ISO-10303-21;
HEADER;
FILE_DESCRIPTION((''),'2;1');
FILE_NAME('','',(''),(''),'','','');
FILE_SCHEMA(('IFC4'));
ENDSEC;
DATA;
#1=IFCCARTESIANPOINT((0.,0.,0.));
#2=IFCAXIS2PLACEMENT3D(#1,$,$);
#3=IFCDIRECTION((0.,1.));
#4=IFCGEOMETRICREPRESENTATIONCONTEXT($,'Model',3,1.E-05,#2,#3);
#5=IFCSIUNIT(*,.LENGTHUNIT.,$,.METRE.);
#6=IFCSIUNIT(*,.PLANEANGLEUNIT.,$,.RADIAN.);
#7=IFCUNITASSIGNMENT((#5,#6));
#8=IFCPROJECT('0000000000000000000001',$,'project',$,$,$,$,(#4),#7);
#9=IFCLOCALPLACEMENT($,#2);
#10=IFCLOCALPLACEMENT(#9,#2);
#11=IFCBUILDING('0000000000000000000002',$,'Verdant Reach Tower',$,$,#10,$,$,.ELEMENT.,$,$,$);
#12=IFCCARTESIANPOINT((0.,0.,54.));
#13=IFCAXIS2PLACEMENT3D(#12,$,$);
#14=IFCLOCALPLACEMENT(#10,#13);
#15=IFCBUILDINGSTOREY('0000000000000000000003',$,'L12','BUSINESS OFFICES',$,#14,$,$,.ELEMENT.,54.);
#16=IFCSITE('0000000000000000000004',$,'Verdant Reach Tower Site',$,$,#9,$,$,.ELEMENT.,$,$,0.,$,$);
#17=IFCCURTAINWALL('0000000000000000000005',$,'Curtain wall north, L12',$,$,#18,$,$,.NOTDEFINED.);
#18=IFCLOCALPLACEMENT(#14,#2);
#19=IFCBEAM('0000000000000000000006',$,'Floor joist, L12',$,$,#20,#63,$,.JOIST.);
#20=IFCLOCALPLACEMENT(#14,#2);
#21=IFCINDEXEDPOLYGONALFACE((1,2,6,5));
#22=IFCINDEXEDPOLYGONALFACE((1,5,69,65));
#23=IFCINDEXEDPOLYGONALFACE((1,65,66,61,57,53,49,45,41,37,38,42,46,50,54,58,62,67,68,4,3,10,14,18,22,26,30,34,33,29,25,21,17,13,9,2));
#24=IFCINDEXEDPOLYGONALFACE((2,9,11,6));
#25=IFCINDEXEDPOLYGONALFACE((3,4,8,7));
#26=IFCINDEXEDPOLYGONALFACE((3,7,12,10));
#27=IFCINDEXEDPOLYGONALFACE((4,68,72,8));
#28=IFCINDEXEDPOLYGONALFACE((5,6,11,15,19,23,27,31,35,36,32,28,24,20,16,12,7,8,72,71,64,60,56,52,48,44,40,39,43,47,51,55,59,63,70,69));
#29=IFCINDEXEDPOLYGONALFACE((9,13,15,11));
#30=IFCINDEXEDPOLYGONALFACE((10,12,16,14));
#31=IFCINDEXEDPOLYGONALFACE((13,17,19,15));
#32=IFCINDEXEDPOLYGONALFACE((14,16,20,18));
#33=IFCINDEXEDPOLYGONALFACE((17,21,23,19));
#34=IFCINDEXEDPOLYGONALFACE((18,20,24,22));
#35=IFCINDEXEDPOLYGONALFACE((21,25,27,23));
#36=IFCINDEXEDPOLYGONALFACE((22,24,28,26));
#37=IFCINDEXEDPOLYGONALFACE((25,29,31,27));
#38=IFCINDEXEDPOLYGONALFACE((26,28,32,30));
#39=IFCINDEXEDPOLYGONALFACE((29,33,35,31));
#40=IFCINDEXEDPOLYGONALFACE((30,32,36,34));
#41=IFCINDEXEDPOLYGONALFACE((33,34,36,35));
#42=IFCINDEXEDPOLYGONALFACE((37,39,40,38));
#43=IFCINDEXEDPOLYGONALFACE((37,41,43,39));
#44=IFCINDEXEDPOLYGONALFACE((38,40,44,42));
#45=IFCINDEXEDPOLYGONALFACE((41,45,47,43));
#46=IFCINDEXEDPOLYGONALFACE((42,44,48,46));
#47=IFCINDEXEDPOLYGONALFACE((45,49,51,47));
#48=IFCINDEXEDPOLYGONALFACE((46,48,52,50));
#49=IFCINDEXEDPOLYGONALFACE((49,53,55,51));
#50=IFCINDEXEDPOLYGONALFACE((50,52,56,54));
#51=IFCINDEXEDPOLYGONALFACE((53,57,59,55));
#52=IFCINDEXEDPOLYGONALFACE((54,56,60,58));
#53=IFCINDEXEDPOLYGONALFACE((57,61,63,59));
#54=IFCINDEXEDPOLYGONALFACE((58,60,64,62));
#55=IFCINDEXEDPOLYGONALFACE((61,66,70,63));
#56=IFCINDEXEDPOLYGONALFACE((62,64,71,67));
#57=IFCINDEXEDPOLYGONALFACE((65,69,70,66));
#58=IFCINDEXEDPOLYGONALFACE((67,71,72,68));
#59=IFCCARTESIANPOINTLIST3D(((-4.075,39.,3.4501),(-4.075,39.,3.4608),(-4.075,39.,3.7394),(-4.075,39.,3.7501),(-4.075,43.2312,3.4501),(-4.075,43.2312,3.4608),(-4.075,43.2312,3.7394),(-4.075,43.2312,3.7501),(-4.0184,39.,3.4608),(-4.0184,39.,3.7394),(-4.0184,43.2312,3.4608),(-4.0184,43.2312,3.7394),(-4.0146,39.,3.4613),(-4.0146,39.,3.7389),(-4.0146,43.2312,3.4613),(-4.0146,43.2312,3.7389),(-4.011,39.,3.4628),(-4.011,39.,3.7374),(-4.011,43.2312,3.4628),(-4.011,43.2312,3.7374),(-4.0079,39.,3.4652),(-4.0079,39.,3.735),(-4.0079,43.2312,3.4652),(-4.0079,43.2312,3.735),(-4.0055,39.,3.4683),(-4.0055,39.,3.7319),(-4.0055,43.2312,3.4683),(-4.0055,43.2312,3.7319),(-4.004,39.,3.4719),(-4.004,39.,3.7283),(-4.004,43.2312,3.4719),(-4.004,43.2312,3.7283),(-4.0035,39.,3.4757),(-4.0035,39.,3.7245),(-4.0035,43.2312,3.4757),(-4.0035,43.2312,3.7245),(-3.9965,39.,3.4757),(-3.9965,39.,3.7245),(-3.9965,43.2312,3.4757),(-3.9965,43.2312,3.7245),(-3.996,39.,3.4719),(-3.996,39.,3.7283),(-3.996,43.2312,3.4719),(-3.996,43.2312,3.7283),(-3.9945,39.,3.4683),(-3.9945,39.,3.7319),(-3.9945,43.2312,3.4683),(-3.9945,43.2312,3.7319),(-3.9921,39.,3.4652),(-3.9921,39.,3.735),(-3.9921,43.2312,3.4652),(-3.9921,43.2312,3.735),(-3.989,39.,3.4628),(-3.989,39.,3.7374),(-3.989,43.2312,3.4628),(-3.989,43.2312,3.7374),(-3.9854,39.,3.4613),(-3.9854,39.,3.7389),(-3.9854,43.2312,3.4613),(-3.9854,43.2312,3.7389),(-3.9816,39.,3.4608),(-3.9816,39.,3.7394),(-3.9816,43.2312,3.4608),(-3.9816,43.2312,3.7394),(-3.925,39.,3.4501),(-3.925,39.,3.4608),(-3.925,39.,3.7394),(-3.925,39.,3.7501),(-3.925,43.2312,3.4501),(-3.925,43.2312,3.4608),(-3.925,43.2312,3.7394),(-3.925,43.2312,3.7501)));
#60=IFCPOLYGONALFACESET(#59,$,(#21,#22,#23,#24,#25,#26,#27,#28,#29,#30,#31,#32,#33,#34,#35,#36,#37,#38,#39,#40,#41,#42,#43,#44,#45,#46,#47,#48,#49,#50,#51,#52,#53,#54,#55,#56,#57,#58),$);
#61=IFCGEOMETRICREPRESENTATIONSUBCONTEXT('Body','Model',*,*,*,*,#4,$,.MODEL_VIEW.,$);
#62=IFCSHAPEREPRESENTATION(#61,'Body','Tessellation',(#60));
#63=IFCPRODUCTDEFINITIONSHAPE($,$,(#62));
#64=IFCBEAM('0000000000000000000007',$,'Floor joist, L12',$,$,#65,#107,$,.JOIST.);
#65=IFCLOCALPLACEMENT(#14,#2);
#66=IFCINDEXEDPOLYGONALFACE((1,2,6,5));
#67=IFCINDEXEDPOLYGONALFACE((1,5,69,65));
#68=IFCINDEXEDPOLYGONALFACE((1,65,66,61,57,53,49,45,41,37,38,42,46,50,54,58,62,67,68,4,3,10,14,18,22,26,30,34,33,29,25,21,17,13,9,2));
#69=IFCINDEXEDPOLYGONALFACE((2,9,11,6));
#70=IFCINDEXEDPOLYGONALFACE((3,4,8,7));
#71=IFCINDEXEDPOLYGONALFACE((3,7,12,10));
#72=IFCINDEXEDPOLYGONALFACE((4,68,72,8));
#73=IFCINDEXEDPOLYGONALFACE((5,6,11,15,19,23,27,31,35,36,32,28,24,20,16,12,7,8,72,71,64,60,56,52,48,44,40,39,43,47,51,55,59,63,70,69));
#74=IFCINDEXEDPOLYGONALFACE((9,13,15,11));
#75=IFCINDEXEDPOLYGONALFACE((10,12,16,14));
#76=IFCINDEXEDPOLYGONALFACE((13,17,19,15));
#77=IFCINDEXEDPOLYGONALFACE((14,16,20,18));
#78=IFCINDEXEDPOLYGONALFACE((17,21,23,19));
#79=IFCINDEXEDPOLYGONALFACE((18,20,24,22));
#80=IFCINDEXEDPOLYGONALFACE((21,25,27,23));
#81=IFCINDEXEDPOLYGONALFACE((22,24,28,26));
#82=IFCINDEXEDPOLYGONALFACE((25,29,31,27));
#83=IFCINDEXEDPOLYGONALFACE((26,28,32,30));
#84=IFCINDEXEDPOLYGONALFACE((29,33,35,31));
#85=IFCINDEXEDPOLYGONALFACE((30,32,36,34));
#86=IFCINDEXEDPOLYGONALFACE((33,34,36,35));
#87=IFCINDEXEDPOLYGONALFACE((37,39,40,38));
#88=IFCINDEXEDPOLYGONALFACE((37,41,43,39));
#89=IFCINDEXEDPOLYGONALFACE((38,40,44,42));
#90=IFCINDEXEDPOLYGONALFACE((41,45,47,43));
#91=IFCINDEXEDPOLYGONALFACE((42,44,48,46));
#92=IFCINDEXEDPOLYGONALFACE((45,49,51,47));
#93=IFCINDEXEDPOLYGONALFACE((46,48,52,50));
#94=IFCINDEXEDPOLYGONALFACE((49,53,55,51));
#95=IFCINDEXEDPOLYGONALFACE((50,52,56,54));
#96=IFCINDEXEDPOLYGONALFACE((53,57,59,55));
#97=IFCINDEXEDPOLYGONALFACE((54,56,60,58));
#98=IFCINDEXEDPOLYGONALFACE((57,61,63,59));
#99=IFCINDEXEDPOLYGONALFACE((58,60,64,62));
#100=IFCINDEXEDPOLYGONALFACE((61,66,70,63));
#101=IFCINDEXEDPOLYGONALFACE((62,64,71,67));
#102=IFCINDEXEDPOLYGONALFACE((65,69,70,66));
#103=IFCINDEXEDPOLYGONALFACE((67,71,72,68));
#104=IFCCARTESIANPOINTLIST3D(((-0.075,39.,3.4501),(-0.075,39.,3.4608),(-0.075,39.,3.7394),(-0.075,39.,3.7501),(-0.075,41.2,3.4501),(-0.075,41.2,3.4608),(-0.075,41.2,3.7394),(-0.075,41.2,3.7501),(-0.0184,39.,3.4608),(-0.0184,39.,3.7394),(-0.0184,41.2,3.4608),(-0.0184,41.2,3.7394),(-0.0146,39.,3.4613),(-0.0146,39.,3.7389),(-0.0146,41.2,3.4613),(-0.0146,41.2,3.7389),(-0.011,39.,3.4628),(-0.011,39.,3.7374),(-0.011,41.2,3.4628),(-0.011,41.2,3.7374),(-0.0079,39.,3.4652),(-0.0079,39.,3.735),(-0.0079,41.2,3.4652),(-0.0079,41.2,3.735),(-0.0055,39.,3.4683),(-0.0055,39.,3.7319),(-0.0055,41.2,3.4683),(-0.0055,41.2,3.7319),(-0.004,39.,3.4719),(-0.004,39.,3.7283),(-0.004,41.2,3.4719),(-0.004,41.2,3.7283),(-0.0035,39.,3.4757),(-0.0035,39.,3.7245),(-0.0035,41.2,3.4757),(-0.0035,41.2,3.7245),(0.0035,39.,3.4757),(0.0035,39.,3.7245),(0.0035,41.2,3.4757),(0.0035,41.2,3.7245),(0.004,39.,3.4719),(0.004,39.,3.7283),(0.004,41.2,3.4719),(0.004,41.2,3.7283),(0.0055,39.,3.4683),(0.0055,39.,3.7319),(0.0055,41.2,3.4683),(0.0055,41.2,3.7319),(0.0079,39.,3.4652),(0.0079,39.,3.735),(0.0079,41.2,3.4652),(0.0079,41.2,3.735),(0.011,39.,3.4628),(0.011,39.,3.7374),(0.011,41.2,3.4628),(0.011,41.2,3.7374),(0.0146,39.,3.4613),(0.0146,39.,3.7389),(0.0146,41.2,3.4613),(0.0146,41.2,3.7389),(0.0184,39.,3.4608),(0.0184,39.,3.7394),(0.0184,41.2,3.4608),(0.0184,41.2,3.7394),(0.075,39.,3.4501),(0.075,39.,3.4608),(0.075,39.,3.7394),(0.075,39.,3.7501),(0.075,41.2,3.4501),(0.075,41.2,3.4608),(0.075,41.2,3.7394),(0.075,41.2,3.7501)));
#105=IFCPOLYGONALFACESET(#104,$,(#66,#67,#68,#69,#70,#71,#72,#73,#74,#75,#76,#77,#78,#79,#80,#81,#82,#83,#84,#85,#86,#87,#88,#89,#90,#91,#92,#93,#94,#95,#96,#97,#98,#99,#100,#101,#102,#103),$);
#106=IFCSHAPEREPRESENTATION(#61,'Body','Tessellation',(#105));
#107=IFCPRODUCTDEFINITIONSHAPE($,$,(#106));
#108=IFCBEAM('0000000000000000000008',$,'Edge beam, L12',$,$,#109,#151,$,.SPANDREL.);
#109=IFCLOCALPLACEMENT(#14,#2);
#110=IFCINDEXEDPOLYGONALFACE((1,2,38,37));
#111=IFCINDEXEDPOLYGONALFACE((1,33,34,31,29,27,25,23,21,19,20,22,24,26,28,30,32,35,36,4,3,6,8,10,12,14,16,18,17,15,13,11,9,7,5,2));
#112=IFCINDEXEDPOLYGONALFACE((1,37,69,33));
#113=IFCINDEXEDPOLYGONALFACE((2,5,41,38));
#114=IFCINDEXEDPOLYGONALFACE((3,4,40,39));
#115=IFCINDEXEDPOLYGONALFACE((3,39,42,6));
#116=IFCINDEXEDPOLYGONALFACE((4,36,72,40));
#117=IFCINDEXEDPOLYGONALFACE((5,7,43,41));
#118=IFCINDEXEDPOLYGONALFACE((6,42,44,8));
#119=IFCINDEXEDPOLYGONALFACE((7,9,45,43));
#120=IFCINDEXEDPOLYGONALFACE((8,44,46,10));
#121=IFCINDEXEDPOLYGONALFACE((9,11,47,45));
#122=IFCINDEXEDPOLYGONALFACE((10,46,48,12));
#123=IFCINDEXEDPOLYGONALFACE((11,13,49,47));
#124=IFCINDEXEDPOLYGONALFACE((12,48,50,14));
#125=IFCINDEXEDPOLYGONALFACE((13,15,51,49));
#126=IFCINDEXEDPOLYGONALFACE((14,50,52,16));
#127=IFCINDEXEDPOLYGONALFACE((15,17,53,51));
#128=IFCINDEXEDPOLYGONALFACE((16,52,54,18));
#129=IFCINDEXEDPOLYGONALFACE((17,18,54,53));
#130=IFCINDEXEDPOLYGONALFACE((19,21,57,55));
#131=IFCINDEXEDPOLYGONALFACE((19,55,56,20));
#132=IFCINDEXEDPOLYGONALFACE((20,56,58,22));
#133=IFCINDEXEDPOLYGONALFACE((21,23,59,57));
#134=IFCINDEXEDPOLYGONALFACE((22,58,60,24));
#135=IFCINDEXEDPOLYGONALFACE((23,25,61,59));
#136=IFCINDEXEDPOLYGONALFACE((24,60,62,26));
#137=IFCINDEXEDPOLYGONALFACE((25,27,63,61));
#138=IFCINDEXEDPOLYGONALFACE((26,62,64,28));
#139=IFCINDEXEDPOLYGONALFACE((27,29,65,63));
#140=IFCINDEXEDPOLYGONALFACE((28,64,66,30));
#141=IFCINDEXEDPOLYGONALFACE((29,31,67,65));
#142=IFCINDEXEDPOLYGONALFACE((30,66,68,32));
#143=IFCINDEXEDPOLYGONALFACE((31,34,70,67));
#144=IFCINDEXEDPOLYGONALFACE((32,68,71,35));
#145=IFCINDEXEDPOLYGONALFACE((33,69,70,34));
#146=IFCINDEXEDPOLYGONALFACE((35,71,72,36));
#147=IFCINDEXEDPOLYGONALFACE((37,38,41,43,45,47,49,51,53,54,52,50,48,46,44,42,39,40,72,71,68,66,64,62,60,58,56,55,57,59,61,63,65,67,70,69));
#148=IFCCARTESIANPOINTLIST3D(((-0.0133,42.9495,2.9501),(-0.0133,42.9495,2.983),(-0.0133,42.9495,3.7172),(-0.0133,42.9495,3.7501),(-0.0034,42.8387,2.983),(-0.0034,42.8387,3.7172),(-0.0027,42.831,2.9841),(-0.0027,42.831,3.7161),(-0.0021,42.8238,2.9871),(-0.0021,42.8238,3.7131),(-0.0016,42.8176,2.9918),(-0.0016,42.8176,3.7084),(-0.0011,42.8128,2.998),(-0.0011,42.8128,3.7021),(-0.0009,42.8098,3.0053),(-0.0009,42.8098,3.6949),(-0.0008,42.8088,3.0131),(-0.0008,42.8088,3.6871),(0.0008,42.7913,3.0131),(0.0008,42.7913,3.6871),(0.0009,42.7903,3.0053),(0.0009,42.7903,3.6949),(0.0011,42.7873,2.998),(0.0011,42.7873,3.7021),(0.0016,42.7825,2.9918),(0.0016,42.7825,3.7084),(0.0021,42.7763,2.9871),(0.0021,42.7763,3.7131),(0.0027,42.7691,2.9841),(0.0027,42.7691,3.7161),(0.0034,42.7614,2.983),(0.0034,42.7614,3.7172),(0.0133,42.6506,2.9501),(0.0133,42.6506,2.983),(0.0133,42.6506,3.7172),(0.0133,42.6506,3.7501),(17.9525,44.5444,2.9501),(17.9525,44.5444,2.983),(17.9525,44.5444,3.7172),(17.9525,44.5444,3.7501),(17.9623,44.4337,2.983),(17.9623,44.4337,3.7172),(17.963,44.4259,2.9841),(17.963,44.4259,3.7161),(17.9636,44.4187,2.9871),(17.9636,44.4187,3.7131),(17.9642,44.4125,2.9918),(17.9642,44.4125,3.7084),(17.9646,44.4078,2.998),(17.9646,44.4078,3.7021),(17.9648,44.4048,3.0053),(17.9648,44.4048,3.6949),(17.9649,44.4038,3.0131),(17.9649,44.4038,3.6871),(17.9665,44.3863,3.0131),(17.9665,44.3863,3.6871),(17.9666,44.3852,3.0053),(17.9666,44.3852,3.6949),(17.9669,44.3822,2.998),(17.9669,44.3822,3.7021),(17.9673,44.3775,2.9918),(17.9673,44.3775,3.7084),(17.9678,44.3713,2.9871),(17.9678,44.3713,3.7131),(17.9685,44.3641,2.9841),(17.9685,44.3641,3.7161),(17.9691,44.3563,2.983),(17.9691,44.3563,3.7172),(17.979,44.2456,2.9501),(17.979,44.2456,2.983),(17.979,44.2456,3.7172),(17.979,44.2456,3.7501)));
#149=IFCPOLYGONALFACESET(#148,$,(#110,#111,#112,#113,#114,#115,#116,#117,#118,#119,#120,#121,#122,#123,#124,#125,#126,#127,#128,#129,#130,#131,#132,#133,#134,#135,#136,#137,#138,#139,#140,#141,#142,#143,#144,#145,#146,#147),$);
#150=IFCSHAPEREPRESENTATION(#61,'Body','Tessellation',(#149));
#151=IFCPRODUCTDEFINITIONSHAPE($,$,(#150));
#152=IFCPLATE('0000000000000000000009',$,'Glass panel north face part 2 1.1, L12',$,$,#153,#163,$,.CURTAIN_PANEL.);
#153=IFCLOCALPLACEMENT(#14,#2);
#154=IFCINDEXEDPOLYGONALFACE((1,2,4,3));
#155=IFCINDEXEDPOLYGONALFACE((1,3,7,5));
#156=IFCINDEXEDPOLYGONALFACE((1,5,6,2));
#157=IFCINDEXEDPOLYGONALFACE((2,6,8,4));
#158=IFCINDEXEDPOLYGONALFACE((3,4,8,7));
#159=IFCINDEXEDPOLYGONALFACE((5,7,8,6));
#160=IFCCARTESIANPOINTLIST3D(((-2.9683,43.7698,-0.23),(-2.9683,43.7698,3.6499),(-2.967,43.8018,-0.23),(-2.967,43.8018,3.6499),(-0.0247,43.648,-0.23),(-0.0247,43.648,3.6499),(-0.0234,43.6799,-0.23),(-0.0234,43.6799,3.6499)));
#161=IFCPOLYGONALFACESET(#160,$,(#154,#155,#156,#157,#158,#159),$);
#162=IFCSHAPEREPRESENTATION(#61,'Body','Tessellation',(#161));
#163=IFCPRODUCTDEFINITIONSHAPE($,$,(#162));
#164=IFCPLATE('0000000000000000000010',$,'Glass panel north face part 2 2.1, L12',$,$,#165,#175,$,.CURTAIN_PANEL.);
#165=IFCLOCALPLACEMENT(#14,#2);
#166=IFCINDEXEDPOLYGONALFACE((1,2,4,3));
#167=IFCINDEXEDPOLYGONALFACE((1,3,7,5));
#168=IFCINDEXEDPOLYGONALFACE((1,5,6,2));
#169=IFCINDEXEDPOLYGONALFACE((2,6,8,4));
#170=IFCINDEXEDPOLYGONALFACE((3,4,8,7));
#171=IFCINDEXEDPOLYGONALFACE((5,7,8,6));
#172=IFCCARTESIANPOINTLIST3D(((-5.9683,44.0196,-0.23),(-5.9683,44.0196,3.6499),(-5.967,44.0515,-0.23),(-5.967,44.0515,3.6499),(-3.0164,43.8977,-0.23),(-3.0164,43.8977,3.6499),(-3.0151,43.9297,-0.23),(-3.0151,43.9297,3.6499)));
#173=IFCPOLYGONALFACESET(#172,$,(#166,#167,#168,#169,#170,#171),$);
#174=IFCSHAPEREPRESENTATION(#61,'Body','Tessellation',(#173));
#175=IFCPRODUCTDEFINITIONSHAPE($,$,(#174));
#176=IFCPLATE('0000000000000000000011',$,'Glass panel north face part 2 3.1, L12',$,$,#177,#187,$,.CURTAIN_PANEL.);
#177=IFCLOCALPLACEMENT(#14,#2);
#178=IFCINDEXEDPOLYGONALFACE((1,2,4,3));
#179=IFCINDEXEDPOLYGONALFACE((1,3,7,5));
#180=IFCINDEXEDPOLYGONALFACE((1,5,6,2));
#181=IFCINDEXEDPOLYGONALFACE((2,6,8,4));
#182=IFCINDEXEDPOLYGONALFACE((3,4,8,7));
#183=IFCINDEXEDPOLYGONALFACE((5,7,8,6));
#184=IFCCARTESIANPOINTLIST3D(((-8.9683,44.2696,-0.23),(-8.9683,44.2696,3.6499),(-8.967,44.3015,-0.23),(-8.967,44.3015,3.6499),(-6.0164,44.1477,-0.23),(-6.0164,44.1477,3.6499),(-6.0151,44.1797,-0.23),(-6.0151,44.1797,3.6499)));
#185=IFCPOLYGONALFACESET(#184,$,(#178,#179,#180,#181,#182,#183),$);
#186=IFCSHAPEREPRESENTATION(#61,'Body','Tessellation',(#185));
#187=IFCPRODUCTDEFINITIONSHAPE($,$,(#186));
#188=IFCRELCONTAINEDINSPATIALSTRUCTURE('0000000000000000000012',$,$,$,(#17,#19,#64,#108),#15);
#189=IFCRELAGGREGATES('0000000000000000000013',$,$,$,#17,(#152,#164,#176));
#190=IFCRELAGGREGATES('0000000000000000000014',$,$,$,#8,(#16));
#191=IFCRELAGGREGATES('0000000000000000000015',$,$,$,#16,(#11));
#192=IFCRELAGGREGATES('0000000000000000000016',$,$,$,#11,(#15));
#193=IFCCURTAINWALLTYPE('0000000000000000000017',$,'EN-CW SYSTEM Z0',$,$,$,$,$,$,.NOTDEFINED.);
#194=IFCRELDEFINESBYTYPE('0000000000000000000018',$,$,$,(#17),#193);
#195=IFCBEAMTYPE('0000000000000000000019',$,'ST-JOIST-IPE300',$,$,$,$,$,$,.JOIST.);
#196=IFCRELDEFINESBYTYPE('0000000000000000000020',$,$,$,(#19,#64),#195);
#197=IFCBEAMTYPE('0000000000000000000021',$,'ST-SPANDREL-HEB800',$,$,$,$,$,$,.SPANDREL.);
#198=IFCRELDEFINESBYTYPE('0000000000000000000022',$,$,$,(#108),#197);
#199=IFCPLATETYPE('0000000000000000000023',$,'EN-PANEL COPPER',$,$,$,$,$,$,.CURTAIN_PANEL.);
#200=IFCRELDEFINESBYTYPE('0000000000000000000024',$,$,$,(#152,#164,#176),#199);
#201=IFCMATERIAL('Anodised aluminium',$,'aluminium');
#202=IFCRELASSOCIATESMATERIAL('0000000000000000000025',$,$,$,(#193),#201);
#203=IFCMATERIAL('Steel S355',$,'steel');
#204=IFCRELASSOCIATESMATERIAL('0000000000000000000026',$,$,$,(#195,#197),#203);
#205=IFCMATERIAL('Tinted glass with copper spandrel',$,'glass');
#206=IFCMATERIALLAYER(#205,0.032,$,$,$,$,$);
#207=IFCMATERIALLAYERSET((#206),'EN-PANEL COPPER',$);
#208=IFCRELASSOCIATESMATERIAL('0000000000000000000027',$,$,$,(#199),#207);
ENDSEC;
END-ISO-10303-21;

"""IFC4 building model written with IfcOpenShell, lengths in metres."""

from ifc_helpers import new_model, si_unit, direction, frame, origin, origin_2d, place, context, subcontext, project, spatial, rectangle, i_section, extrude, material, layer, layer_set, material_profile, profile_set, type_object, element, aggregate, save


model = new_model("IFC4")

# Units and contexts
model_context = context("Model", 3, precision=1e-05, world=origin(), true_north=direction((0.0, 1.0)))
body_context = subcontext(model_context, "Body", "Model", "MODEL_VIEW")
ifc_project = project(units=[si_unit("LENGTHUNIT", "METRE"), si_unit("PLANEANGLEUNIT", "RADIAN")], contexts=[model_context])

# Site, building, storey
site_placement = place(None, origin())
site = spatial("IfcSite", under=ifc_project, at=site_placement, Name="Verdant Reach Tower Site", CompositionType="ELEMENT", RefElevation=0.0)
building_placement = place(site_placement, origin())
building = spatial("IfcBuilding", under=site, at=building_placement, Name="Verdant Reach Tower", CompositionType="ELEMENT")
storey_placement = place(building_placement, frame((0.0, 0.0, 54.0)))
storey = spatial("IfcBuildingStorey", under=building, at=storey_placement, Name="L12", Description="BUSINESS OFFICES", CompositionType="ELEMENT", Elevation=54.0)

# Curtain wall
ifc_material_1 = material(Name="Anodised aluminium", Category="aluminium")
curtain_wall_type = type_object("IfcCurtainWallType", Name="EN-CW SYSTEM Z0", PredefinedType="NOTDEFINED", material=ifc_material_1)
curtain_wall_placement = place(storey_placement, origin())
curtain_wall = element("IfcCurtainWall", 1, at=curtain_wall_placement, inside=storey, type_object=curtain_wall_type, Name="Curtain wall north, L12", PredefinedType="NOTDEFINED")

# Beams
ifc_material_2 = material(Name="Steel S355", Category="steel")
ifc_material_profile_1 = material_profile(ifc_material_2, i_section(OverallWidth=0.1499, OverallDepth=0.3, WebThickness=0.0071, FlangeThickness=0.0107, FilletRadius=0.0149, at=origin_2d()), Name="IPE 300")
ifc_profile_set_1 = profile_set([ifc_material_profile_1], Name="Steel S355")
beam_type_1 = type_object("IfcBeamType", Name="ST-JOIST-IPE300", PredefinedType="JOIST", material=ifc_profile_set_1)
beam_1_placement = place(storey_placement, frame((-4.0, 39.0, 3.6001), z_axis=(0.0, 1.0, 0.0), x_axis=(-1.0, 0.0, 0.0)))
element("IfcBeam", 2, at=beam_1_placement, inside=storey, type_object=beam_type_1, Name="Floor joist, L12", PredefinedType="JOIST", context=body_context, shape_type="SweptSolid", body=[
    extrude(i_section(OverallWidth=0.1499, OverallDepth=0.3, WebThickness=0.0071, FlangeThickness=0.0107, FilletRadius=0.0149, at=origin_2d()), origin(), (0.0, 0.0, 1.0), 4.2312),
])
beam_2_placement = place(storey_placement, frame((0.0, 39.0, 3.6001), z_axis=(0.0, 1.0, 0.0), x_axis=(-1.0, 0.0, 0.0)))
element("IfcBeam", 3, at=beam_2_placement, inside=storey, type_object=beam_type_1, Name="Floor joist, L12", PredefinedType="JOIST", context=body_context, shape_type="SweptSolid", body=[
    extrude(i_section(OverallWidth=0.1499, OverallDepth=0.3, WebThickness=0.0071, FlangeThickness=0.0107, FilletRadius=0.0149, at=origin_2d()), origin(), (0.0, 0.0, 1.0), 2.2),
])
ifc_material_profile_2 = material_profile(ifc_material_2, i_section(OverallWidth=0.3, OverallDepth=0.8, WebThickness=0.0176, FlangeThickness=0.033, FilletRadius=0.03, at=origin_2d()), Name="HEB 800")
ifc_profile_set_2 = profile_set([ifc_material_profile_2], Name="Steel S355")
beam_type_2 = type_object("IfcBeamType", Name="ST-SPANDREL-HEB800", PredefinedType="SPANDREL", material=ifc_profile_set_2)
beam_3_placement = place(storey_placement, frame((0.0, 42.8, 3.3501), z_axis=(0.996082, 0.08843, 0.0), x_axis=(-0.08843, 0.996082, 0.0)))
element("IfcBeam", 4, at=beam_3_placement, inside=storey, type_object=beam_type_2, Name="Edge beam, L12", PredefinedType="SPANDREL", context=body_context, shape_type="SweptSolid", body=[
    extrude(i_section(OverallWidth=0.3, OverallDepth=0.8, WebThickness=0.0176, FlangeThickness=0.033, FilletRadius=0.03, at=origin_2d()), origin(), (0.0, 0.0, 1.0), 18.0364),
])

# Plates
ifc_material_3 = material(Name="Tinted glass with copper spandrel", Category="glass")
ifc_layer_1 = layer(ifc_material_3, 0.032)
ifc_layer_set_1 = layer_set([ifc_layer_1], Name="EN-PANEL COPPER")
plate_type_1 = type_object("IfcPlateType", Name="EN-PANEL COPPER", PredefinedType="CURTAIN_PANEL", material=ifc_layer_set_1)
plate_1_placement = place(storey_placement, frame((-1.4958, 43.7249, -0.23), z_axis=(0.0, 0.0, 1.0), x_axis=(-0.999144, 0.041357, 0.0)))
plate_1 = element("IfcPlate", 5, at=plate_1_placement, type_object=plate_type_1, Name="Glass panel north face part 2 1.1, L12", PredefinedType="CURTAIN_PANEL", context=body_context, shape_type="SweptSolid", body=[
    extrude(rectangle(XDim=2.946, YDim=0.032, at=origin_2d()), origin(), (0.0, 0.0, 1.0), 3.8799),
])
plate_2_placement = place(storey_placement, frame((-4.4917, 43.9746, -0.23), z_axis=(0.0, 0.0, 1.0), x_axis=(-0.999149, 0.041242, 0.0)))
plate_2 = element("IfcPlate", 6, at=plate_2_placement, type_object=plate_type_1, Name="Glass panel north face part 2 2.1, L12", PredefinedType="CURTAIN_PANEL", context=body_context, shape_type="SweptSolid", body=[
    extrude(rectangle(XDim=2.9543, YDim=0.032, at=origin_2d()), origin(), (0.0, 0.0, 1.0), 3.8799),
])
plate_3_placement = place(storey_placement, frame((-7.4917, 44.2246, -0.23), z_axis=(0.0, 0.0, 1.0), x_axis=(-0.999149, 0.041242, 0.0)))
plate_3 = element("IfcPlate", 7, at=plate_3_placement, type_object=plate_type_1, Name="Glass panel north face part 2 3.1, L12", PredefinedType="CURTAIN_PANEL", context=body_context, shape_type="SweptSolid", body=[
    extrude(rectangle(XDim=2.9543, YDim=0.032, at=origin_2d()), origin(), (0.0, 0.0, 1.0), 3.8799),
])
aggregate(curtain_wall, [plate_1, plate_2, plate_3])

save(model, "model.ifc")
